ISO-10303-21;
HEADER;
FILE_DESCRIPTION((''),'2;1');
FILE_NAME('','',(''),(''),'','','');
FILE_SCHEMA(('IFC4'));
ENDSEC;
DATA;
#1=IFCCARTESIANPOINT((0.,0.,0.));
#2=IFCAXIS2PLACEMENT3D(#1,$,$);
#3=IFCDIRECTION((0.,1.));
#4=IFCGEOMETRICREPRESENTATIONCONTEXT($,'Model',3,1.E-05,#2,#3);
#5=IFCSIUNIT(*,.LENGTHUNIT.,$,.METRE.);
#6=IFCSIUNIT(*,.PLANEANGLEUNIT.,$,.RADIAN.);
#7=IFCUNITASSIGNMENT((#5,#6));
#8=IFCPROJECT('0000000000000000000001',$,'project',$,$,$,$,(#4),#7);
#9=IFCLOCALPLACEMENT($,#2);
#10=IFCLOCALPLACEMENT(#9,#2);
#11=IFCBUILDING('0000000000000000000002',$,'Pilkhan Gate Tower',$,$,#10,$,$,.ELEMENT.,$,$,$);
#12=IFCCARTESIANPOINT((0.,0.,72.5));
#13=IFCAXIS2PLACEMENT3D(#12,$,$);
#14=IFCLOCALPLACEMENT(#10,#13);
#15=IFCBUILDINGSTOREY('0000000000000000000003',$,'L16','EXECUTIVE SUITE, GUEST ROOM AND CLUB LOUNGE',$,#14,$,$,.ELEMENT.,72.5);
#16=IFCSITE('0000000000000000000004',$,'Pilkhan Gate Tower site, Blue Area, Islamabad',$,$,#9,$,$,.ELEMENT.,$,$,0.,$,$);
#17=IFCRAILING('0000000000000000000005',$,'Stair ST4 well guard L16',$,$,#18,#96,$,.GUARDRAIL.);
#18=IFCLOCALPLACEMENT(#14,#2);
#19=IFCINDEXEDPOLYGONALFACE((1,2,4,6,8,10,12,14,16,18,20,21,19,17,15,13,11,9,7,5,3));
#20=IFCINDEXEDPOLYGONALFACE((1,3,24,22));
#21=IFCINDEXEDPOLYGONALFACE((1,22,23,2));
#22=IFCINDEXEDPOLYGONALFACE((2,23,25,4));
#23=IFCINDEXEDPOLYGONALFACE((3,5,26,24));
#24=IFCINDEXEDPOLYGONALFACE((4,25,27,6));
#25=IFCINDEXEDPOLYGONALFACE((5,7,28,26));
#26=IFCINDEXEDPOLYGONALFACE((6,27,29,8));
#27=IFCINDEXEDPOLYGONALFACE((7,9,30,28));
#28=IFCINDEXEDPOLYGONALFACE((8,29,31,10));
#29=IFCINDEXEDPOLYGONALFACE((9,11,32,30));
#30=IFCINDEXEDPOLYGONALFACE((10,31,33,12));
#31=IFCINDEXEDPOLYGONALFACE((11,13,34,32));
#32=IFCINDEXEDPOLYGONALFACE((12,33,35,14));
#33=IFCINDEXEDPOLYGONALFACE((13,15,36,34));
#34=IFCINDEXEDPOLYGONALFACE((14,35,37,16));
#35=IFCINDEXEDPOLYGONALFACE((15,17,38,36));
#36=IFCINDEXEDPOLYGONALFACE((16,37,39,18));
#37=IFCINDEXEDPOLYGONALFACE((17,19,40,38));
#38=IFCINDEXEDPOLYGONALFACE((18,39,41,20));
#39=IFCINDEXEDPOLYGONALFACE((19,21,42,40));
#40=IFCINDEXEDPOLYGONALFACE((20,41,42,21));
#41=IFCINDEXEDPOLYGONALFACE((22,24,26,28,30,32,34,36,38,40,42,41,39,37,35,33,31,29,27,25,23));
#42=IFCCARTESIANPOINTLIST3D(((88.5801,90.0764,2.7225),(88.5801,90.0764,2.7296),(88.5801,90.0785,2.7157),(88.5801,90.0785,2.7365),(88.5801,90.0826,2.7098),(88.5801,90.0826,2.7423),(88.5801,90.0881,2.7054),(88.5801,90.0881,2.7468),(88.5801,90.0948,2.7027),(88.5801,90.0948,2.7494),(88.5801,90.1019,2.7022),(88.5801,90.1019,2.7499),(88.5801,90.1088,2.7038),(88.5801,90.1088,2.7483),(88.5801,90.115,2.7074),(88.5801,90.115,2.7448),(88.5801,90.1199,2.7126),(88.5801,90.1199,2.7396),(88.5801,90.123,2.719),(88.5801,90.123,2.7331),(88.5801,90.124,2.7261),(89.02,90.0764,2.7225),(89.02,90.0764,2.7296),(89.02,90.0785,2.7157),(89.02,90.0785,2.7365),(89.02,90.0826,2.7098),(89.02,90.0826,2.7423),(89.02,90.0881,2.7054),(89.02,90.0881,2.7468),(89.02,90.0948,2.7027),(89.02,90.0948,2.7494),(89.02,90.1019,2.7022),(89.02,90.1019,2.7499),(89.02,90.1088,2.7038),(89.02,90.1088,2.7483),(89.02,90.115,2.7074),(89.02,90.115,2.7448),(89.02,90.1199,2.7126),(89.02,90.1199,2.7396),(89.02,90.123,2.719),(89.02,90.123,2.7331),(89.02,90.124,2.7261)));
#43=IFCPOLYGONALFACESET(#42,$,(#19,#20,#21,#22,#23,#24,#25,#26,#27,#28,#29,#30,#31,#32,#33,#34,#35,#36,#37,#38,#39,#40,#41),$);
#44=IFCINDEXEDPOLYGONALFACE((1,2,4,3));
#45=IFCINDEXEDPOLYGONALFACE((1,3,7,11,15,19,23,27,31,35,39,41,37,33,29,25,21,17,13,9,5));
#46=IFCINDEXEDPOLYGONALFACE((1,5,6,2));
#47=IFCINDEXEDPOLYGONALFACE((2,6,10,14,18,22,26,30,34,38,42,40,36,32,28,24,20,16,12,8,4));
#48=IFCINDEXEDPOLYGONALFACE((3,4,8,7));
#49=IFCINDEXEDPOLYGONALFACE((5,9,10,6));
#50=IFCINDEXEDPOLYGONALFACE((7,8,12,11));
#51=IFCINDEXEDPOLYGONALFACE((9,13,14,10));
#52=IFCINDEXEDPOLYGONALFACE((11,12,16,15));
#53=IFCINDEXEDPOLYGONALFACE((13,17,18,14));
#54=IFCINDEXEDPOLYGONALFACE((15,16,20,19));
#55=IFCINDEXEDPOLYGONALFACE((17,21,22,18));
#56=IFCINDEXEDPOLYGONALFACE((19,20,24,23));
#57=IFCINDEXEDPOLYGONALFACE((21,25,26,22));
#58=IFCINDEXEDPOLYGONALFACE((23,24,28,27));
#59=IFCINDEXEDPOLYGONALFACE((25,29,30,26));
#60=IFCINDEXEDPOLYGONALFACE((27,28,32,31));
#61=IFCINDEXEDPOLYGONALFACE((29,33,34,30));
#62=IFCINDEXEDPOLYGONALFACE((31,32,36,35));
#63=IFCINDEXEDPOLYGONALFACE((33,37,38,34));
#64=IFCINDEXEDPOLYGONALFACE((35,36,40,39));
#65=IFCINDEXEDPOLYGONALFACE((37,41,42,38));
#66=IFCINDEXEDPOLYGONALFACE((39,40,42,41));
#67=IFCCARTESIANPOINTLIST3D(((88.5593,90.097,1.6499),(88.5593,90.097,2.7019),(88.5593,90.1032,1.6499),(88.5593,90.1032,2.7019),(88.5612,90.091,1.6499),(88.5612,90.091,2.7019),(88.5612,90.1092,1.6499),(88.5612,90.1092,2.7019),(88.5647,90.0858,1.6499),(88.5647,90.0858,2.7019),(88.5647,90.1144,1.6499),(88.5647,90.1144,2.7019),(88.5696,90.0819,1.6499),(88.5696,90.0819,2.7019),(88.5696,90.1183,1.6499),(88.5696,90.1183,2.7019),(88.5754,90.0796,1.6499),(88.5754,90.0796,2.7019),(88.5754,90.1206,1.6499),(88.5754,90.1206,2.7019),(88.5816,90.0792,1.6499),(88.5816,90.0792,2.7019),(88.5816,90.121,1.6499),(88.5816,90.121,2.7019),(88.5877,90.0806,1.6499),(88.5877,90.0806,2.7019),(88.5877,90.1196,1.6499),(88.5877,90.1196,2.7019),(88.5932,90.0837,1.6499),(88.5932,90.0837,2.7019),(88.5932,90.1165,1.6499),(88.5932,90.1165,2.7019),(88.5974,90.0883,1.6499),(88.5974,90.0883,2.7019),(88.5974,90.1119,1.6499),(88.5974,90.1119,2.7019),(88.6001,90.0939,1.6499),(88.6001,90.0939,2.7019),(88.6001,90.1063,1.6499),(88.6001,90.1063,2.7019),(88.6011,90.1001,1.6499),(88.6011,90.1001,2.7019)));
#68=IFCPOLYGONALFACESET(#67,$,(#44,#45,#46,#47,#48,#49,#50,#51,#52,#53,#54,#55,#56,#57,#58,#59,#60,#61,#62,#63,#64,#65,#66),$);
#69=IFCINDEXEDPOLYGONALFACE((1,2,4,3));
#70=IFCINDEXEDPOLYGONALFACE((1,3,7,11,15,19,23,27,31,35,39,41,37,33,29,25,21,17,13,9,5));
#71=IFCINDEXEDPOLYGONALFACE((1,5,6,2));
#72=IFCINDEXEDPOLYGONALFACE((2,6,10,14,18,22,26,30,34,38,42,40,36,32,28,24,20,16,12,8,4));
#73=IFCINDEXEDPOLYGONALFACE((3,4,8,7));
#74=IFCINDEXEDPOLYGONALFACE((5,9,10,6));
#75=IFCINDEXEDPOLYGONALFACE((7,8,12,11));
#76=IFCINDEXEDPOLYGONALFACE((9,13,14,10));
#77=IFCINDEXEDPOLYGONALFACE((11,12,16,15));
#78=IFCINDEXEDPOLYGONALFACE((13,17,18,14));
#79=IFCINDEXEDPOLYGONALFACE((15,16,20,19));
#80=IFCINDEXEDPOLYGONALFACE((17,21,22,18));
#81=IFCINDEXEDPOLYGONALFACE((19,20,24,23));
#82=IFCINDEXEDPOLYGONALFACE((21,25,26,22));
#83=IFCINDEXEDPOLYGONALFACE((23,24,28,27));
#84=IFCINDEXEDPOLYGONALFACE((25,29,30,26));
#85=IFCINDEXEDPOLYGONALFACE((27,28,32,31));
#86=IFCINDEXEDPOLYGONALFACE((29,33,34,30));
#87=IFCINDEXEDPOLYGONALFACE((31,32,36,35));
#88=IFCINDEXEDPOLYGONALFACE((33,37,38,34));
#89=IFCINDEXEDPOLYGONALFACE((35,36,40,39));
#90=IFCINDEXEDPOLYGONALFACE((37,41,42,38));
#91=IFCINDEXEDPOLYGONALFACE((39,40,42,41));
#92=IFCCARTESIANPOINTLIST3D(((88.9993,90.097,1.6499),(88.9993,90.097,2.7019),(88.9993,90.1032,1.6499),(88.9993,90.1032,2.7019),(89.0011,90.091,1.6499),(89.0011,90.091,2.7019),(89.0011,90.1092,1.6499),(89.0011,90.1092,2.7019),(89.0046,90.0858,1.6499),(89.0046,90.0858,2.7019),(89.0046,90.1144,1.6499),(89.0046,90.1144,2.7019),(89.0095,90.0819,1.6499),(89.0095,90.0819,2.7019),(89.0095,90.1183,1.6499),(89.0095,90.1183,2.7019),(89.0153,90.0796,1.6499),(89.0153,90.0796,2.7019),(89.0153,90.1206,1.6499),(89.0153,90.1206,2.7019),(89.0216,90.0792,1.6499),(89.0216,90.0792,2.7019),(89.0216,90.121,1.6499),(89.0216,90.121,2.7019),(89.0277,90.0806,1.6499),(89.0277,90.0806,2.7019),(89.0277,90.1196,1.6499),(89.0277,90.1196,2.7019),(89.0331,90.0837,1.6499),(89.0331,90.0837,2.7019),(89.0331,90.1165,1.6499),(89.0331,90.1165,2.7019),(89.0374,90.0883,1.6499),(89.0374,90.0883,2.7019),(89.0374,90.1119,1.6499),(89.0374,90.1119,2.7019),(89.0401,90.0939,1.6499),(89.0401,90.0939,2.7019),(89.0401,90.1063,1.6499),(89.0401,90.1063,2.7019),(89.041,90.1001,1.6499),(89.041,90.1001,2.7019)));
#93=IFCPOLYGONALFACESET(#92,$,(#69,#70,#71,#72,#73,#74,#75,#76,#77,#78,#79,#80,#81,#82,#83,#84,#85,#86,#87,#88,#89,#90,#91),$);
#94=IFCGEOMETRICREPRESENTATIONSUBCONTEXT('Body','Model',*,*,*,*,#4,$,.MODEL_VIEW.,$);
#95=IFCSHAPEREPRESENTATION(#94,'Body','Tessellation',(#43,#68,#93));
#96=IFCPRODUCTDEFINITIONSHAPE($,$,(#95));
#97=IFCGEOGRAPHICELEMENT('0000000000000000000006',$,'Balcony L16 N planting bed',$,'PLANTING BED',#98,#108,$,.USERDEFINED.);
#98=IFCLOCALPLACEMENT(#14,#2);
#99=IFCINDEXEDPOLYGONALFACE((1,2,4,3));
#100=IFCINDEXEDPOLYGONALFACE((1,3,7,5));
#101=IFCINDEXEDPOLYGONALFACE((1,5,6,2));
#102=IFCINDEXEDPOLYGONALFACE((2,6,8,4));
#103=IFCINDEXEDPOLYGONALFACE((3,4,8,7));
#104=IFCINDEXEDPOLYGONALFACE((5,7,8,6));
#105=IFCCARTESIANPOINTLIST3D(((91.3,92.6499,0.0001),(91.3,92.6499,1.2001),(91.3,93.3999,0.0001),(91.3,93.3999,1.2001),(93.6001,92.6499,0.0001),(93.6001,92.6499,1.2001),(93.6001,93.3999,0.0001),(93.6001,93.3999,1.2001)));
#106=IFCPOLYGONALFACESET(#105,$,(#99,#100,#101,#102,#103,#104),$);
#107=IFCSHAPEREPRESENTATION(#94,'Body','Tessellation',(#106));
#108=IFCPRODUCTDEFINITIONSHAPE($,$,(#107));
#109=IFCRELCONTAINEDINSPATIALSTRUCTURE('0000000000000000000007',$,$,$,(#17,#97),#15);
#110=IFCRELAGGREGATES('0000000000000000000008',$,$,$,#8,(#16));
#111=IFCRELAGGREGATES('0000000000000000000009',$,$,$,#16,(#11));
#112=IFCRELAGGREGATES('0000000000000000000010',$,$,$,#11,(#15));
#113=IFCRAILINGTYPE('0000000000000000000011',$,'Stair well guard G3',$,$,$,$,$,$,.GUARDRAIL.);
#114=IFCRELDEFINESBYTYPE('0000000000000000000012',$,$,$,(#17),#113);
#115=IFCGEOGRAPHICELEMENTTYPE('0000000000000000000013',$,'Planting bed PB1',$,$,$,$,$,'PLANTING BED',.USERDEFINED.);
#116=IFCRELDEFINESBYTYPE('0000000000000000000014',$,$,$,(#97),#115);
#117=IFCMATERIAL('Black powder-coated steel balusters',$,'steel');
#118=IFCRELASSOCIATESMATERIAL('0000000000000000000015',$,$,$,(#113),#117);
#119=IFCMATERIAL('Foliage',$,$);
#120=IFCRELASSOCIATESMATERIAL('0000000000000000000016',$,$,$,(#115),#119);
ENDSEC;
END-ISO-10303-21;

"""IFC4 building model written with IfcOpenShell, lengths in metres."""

from ifc_helpers import new_model, si_unit, direction, frame, origin, origin_2d, place, context, subcontext, project, spatial, rectangle, circle, extrude, material, material_profile, profile_set, type_object, element, save


model = new_model("IFC4")

# Units and contexts
model_context = context("Model", 3, precision=1e-05, world=origin(), true_north=direction((0.0, 1.0)))
body_context = subcontext(model_context, "Body", "Model", "MODEL_VIEW")
ifc_project = project(units=[si_unit("LENGTHUNIT", "METRE"), si_unit("PLANEANGLEUNIT", "RADIAN")], contexts=[model_context])

# Site, building, storey
site_placement = place(None, origin())
site = spatial("IfcSite", under=ifc_project, at=site_placement, Name="Pilkhan Gate Tower site, Blue Area, Islamabad", CompositionType="ELEMENT", RefElevation=0.0)
building_placement = place(site_placement, origin())
building = spatial("IfcBuilding", under=site, at=building_placement, Name="Pilkhan Gate Tower", CompositionType="ELEMENT")
storey_placement = place(building_placement, frame((0.0, 0.0, 72.5)))
storey = spatial("IfcBuildingStorey", under=building, at=storey_placement, Name="L16", Description="EXECUTIVE SUITE, GUEST ROOM AND CLUB LOUNGE", CompositionType="ELEMENT", Elevation=72.5)

# Railing
ifc_material_1 = material(Name="Black powder-coated steel balusters", Category="steel")
railing_type_1 = type_object("IfcRailingType", Name="Stair well guard G3", PredefinedType="GUARDRAIL", material=ifc_material_1)
railing_1_placement = place(storey_placement, frame((88.5801, 90.1001, 1.6499)))
element("IfcRailing", 1, at=railing_1_placement, inside=storey, type_object=railing_type_1, Name="Stair ST4 well guard L16", PredefinedType="GUARDRAIL", context=body_context, shape_type="SweptSolid", body=[
    extrude(circle(Radius=0.0239, at=origin_2d()), frame((0.0, 0.0, 1.0762), z_axis=(1.0, 0.0, 0.0), x_axis=(0.0, 1.0, 0.0)), (0.0, 0.0, 1.0), 0.4399),
    extrude(circle(Radius=0.021, at=origin_2d()), origin(), (0.0, 0.0, 1.0), 1.052),
    extrude(circle(Radius=0.021, at=origin_2d()), frame((0.4399, 0.0, 0.0)), (0.0, 0.0, 1.0), 1.052),
])

# Geographic element
ifc_material_2 = material(Name="Foliage")
ifc_material_profile_1 = material_profile(ifc_material_2, rectangle(XDim=0.75, YDim=1.2, at=origin_2d()), Name="Bed 750x1200")
ifc_profile_set_1 = profile_set([ifc_material_profile_1], Name="Foliage")
geographic_element_type = type_object("IfcGeographicElementType", Name="Planting bed PB1", ElementType="PLANTING BED", PredefinedType="USERDEFINED", material=ifc_profile_set_1)
geographic_element_placement = place(storey_placement, frame((91.3, 93.0249, 0.6001), z_axis=(1.0, 0.0, 0.0), x_axis=(0.0, 1.0, 0.0)))
element("IfcGeographicElement", 2, at=geographic_element_placement, inside=storey, type_object=geographic_element_type, Name="Balcony L16 N planting bed", ObjectType="PLANTING BED", PredefinedType="USERDEFINED", context=body_context, shape_type="SweptSolid", body=[
    extrude(rectangle(XDim=0.75, YDim=1.2, at=origin_2d()), origin(), (0.0, 0.0, 1.0), 2.3),
])

save(model, "model.ifc")
